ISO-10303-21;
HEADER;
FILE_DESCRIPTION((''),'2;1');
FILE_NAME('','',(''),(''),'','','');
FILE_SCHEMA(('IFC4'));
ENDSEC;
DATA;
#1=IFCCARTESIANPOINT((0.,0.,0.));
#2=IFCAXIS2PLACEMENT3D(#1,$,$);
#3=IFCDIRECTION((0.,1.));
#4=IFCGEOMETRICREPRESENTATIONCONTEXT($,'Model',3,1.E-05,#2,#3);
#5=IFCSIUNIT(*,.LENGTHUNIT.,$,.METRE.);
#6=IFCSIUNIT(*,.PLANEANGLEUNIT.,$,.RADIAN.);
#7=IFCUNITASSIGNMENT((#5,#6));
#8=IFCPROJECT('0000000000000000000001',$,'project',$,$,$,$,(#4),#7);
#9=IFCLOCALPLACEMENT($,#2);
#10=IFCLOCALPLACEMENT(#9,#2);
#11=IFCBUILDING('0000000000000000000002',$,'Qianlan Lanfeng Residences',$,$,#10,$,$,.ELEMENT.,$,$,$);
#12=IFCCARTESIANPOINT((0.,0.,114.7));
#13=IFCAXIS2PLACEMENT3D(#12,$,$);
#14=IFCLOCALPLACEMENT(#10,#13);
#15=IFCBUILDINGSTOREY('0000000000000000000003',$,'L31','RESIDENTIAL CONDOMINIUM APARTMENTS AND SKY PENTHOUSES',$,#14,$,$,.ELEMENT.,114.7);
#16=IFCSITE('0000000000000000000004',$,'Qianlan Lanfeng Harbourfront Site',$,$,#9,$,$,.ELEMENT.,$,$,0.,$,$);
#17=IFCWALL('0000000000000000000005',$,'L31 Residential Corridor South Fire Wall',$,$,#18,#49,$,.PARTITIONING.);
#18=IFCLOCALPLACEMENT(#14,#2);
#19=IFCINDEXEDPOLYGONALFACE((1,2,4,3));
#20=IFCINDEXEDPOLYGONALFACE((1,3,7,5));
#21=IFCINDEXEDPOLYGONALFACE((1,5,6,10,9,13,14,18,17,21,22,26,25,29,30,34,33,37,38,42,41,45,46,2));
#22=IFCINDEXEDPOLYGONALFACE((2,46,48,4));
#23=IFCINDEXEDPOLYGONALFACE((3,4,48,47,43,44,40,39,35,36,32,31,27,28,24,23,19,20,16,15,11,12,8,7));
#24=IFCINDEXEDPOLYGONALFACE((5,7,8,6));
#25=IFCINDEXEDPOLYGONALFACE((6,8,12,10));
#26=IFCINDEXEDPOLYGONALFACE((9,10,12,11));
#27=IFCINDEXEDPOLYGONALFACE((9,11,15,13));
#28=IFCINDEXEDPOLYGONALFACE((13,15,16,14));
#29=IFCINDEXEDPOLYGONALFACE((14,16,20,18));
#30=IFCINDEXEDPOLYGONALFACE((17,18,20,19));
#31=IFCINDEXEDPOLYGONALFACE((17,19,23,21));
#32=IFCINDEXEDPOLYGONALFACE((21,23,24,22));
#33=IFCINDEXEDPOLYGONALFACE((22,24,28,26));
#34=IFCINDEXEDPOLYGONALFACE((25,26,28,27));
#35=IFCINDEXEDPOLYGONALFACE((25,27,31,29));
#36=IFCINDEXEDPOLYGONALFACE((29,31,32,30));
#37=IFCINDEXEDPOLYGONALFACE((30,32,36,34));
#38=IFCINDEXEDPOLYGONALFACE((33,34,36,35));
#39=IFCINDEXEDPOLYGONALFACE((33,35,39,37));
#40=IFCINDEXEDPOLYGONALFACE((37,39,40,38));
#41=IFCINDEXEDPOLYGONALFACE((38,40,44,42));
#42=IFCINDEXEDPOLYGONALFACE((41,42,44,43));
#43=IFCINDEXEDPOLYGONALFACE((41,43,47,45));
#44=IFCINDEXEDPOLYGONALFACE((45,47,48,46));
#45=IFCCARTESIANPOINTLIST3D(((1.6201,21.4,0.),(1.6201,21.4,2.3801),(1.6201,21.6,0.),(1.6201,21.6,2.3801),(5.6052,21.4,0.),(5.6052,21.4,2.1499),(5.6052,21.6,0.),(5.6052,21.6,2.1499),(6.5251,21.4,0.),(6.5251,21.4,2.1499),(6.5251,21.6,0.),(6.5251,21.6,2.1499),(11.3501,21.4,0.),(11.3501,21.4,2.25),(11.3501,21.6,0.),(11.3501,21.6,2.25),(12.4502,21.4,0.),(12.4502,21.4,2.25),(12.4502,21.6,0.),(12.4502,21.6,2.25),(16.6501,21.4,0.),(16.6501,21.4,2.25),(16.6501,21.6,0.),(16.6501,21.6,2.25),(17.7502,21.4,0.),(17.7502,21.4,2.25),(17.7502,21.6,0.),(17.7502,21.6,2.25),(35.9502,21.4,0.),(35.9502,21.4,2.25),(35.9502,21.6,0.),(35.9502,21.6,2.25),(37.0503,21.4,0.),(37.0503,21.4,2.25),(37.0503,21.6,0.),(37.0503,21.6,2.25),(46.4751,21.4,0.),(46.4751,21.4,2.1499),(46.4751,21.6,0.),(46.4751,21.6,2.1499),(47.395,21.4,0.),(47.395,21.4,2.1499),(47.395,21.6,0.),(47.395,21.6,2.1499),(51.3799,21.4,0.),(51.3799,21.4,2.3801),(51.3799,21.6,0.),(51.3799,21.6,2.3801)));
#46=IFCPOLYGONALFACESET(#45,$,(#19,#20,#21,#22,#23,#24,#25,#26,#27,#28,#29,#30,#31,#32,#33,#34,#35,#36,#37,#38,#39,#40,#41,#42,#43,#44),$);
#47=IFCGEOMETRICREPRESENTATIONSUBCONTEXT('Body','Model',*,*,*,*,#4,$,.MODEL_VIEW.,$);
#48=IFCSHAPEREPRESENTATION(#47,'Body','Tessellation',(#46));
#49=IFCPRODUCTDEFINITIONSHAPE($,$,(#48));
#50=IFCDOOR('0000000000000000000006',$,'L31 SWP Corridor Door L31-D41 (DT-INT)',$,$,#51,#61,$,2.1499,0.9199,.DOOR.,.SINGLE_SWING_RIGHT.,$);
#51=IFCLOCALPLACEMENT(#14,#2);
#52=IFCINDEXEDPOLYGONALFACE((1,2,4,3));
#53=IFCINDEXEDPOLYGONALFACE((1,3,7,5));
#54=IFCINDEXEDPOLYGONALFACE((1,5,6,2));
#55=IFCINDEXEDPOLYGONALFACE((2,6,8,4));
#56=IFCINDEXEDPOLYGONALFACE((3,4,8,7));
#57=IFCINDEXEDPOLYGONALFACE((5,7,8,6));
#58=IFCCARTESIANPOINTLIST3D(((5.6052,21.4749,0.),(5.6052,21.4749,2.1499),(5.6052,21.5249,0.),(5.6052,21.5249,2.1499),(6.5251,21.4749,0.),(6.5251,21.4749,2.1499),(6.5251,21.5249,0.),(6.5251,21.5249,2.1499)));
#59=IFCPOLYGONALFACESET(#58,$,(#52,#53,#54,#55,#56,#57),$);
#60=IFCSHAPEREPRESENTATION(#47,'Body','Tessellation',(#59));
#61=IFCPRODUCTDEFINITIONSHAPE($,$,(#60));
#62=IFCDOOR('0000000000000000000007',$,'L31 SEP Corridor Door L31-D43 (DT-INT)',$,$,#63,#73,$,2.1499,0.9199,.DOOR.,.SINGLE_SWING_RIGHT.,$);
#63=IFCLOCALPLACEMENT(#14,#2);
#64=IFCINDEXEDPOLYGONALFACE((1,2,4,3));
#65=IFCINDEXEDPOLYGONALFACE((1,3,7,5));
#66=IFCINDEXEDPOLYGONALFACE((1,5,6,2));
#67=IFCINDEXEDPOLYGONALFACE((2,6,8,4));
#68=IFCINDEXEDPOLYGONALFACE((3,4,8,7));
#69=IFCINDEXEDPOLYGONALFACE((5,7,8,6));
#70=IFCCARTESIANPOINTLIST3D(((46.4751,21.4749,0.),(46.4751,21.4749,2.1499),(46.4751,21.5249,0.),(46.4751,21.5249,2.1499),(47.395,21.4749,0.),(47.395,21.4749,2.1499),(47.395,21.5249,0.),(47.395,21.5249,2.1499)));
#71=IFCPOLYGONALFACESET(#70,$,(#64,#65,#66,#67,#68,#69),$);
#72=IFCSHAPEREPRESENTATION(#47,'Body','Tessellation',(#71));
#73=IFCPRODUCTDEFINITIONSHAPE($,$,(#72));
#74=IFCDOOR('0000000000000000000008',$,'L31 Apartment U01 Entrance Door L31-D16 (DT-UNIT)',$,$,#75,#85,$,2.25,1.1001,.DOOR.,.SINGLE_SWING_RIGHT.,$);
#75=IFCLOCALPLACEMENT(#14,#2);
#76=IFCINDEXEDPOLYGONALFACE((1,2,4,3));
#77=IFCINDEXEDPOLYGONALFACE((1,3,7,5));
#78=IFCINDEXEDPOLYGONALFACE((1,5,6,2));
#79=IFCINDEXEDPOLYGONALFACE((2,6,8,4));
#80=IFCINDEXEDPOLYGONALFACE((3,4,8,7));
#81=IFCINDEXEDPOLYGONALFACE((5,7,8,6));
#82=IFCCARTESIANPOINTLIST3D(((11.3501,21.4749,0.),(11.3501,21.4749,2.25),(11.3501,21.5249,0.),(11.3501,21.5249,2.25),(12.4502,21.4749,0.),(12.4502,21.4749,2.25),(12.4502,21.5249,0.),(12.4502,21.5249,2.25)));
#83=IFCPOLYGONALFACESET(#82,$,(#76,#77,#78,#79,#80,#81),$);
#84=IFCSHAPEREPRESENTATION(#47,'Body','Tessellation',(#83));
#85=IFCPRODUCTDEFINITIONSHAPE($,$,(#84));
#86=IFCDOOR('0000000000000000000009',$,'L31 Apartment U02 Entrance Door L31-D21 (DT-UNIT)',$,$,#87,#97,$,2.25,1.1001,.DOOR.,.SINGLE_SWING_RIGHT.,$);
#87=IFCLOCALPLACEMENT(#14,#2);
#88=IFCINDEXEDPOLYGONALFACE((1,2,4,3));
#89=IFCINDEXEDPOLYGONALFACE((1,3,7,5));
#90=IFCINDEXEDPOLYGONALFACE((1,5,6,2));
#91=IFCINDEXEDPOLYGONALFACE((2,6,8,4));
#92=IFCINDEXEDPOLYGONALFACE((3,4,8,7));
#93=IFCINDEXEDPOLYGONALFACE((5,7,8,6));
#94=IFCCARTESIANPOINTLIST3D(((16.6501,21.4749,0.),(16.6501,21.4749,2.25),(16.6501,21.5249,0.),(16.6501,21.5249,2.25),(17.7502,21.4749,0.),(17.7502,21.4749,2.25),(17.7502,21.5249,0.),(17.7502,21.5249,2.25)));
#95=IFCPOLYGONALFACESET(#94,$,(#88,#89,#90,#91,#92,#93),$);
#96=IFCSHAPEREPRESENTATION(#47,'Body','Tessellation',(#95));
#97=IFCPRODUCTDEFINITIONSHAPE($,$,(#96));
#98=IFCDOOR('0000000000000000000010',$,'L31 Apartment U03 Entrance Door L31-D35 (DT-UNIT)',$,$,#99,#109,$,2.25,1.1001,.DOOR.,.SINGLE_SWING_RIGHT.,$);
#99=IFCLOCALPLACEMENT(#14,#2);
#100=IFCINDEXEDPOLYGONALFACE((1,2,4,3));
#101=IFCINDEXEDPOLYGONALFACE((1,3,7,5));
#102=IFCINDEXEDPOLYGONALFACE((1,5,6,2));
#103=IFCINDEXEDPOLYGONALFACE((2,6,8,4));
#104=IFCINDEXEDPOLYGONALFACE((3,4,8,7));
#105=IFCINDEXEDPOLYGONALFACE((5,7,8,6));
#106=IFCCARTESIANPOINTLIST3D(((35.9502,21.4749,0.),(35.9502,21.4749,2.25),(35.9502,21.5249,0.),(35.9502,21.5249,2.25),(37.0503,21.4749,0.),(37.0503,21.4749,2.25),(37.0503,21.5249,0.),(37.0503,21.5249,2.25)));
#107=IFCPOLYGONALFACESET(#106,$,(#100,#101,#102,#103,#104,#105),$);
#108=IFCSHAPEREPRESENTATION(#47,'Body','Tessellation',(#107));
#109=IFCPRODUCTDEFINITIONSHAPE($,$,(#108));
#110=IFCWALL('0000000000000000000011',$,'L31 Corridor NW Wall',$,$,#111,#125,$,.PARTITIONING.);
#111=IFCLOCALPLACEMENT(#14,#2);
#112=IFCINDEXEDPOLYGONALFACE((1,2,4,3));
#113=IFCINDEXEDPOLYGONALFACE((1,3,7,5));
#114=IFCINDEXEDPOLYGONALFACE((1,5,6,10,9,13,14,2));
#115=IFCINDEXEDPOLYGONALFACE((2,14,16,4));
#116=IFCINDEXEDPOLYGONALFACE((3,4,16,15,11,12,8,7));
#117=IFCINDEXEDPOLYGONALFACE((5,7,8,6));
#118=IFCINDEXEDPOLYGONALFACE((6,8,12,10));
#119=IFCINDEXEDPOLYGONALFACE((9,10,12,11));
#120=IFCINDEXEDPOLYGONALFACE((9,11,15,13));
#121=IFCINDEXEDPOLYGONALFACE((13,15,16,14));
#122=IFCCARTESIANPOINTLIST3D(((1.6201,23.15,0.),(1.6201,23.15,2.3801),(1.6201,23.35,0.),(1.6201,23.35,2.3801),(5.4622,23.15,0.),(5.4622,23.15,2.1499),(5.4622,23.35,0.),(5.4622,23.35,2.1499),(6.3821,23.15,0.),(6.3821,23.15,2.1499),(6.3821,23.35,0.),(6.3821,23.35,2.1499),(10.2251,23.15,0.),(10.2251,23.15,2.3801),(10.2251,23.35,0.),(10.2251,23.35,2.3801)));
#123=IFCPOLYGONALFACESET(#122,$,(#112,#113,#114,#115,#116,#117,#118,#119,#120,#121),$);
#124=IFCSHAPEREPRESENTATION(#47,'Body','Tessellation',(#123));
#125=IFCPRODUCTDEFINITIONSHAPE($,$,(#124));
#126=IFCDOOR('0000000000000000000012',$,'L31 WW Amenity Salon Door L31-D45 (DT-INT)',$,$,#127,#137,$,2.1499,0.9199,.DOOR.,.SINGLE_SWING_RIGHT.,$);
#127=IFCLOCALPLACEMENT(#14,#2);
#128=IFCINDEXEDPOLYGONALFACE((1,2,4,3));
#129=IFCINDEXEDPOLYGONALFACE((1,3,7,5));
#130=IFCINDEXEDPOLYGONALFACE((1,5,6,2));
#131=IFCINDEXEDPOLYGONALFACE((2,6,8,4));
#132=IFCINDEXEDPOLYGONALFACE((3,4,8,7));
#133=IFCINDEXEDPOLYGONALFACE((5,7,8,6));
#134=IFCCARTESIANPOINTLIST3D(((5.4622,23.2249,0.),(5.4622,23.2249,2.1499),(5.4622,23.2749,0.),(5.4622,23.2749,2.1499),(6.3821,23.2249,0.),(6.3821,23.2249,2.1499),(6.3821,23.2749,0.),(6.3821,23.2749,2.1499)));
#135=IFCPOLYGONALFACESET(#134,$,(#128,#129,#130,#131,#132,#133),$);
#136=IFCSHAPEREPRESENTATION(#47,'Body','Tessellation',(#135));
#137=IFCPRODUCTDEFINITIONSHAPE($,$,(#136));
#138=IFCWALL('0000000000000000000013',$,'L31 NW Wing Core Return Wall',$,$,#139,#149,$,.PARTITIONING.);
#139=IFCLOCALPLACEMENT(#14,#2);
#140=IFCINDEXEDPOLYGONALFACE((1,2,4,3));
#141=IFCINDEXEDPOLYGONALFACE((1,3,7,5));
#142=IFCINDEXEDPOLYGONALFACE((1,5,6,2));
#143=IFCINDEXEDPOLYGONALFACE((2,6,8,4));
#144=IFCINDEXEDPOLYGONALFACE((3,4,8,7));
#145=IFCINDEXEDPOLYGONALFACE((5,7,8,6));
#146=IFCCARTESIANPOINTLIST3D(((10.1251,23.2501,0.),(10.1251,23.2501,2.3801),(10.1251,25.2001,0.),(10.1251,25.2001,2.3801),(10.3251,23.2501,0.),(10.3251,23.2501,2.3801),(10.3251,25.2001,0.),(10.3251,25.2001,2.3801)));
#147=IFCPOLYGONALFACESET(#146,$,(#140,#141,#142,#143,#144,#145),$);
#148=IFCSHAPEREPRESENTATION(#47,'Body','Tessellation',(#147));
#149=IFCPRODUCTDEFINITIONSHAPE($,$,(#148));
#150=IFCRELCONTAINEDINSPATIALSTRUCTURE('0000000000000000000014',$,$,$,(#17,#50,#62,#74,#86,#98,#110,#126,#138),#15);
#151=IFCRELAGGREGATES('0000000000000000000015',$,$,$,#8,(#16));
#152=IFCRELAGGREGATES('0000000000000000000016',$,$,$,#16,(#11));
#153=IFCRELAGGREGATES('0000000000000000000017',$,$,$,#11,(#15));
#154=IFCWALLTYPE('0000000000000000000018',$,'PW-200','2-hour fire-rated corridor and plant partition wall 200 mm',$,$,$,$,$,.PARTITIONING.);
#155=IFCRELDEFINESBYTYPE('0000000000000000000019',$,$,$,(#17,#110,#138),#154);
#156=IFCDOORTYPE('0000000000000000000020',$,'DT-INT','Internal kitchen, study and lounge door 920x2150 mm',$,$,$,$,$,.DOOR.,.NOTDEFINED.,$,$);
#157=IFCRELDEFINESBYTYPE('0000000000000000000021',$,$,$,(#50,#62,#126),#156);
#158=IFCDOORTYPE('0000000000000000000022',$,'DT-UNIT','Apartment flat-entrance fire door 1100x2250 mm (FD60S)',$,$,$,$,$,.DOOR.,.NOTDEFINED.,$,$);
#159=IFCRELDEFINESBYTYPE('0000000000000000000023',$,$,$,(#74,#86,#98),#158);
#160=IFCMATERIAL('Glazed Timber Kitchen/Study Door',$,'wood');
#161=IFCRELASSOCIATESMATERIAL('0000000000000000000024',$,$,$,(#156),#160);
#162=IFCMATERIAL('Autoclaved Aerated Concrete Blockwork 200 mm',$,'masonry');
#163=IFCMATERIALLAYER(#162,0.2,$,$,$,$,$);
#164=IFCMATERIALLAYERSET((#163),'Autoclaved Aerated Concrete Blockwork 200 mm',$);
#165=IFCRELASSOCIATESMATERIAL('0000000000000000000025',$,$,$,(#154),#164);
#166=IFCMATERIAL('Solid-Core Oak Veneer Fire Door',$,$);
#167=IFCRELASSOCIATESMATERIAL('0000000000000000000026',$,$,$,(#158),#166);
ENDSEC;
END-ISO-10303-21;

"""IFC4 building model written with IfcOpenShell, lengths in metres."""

from ifc_helpers import new_model, si_unit, direction, frame, frame_2d, origin, place, context, subcontext, project, spatial, rectangle, extrude, material, layer, layer_set, type_object, element, fill, save


model = new_model("IFC4")

# Units and contexts
model_context = context("Model", 3, precision=1e-05, world=origin(), true_north=direction((0.0, 1.0)))
body_context = subcontext(model_context, "Body", "Model", "MODEL_VIEW")
ifc_project = project(units=[si_unit("LENGTHUNIT", "METRE"), si_unit("PLANEANGLEUNIT", "RADIAN")], contexts=[model_context])

# Site, building, storey
site_placement = place(None, origin())
site = spatial("IfcSite", under=ifc_project, at=site_placement, Name="Qianlan Lanfeng Harbourfront Site", CompositionType="ELEMENT", RefElevation=0.0)
building_placement = place(site_placement, origin())
building = spatial("IfcBuilding", under=site, at=building_placement, Name="Qianlan Lanfeng Residences", CompositionType="ELEMENT")
storey_placement = place(building_placement, frame((0.0, 0.0, 114.7)))
storey = spatial("IfcBuildingStorey", under=building, at=storey_placement, Name="L31", Description="RESIDENTIAL CONDOMINIUM APARTMENTS AND SKY PENTHOUSES", CompositionType="ELEMENT", Elevation=114.7)

# Shared definitions
ifc_material_1 = material(Name="Glazed Timber Kitchen/Study Door", Category="wood")
door_type_1 = type_object("IfcDoorType", Name="DT-INT", Description="Internal kitchen, study and lounge door 920x2150 mm", OperationType="NOTDEFINED", PredefinedType="DOOR", material=ifc_material_1)

# Wall, openings, doors
ifc_material_2 = material(Name="Autoclaved Aerated Concrete Blockwork 200 mm", Category="masonry")
ifc_layer_1 = layer(ifc_material_2, 0.2)
ifc_layer_set_1 = layer_set([ifc_layer_1], Name="Autoclaved Aerated Concrete Blockwork 200 mm")
wall_type_1 = type_object("IfcWallType", Name="PW-200", Description="2-hour fire-rated corridor and plant partition wall 200 mm", PredefinedType="PARTITIONING", material=ifc_layer_set_1)
wall_1_placement = place(storey_placement, frame((1.6201, 21.5, 0.0), z_axis=(0.0, 0.0, 1.0), x_axis=(1.0, 0.0, 0.0)))
wall_1 = element("IfcWall", 1, at=wall_1_placement, inside=storey, type_object=wall_type_1, Name="L31 Residential Corridor South Fire Wall", PredefinedType="PARTITIONING", context=body_context, shape_type="SweptSolid", body=[
    extrude(rectangle(XDim=49.7598, YDim=0.2, at=frame_2d((24.8799, 0.0))), origin(), (0.0, 0.0, 1.0), 2.3801),
])
opening_1_placement = place(wall_1_placement, frame((9.73, 0.0, 0.0)))
opening_1 = element("IfcOpeningElement", 2, at=opening_1_placement, cuts=wall_1, PredefinedType="OPENING", context=body_context, shape_type="SweptSolid", body=[
    extrude(rectangle(XDim=1.1001, YDim=2.25, at=frame_2d((0.55, 1.125))), frame((0.0, 0.1099, 0.0), z_axis=(0.0, -1.0, 0.0), x_axis=(1.0, 0.0, 0.0)), (0.0, 0.0, 1.0), 0.22),
])
opening_2_placement = place(wall_1_placement, frame((15.03, 0.0, 0.0)))
opening_2 = element("IfcOpeningElement", 3, at=opening_2_placement, cuts=wall_1, PredefinedType="OPENING", context=body_context, shape_type="SweptSolid", body=[
    extrude(rectangle(XDim=1.1001, YDim=2.25, at=frame_2d((0.55, 1.125))), frame((0.0, 0.1099, 0.0), z_axis=(0.0, -1.0, 0.0), x_axis=(1.0, 0.0, 0.0)), (0.0, 0.0, 1.0), 0.22),
])
opening_3_placement = place(wall_1_placement, frame((34.3301, 0.0, 0.0)))
opening_3 = element("IfcOpeningElement", 4, at=opening_3_placement, cuts=wall_1, PredefinedType="OPENING", context=body_context, shape_type="SweptSolid", body=[
    extrude(rectangle(XDim=1.1001, YDim=2.25, at=frame_2d((0.55, 1.125))), frame((0.0, 0.1099, 0.0), z_axis=(0.0, -1.0, 0.0), x_axis=(1.0, 0.0, 0.0)), (0.0, 0.0, 1.0), 0.22),
])
opening_4_placement = place(wall_1_placement, frame((3.9851, 0.0, 0.0)))
opening_4 = element("IfcOpeningElement", 5, at=opening_4_placement, cuts=wall_1, PredefinedType="OPENING", context=body_context, shape_type="SweptSolid", body=[
    extrude(rectangle(XDim=0.9199, YDim=2.1499, at=frame_2d((0.46, 1.075))), frame((0.0, 0.1099, 0.0), z_axis=(0.0, -1.0, 0.0), x_axis=(1.0, 0.0, 0.0)), (0.0, 0.0, 1.0), 0.22),
])
opening_5_placement = place(wall_1_placement, frame((44.855, 0.0, 0.0)))
opening_5 = element("IfcOpeningElement", 6, at=opening_5_placement, cuts=wall_1, PredefinedType="OPENING", context=body_context, shape_type="SweptSolid", body=[
    extrude(rectangle(XDim=0.9199, YDim=2.1499, at=frame_2d((0.46, 1.075))), frame((0.0, 0.1099, 0.0), z_axis=(0.0, -1.0, 0.0), x_axis=(1.0, 0.0, 0.0)), (0.0, 0.0, 1.0), 0.22),
])
door_1_placement = place(opening_4_placement, origin())
door_1 = element("IfcDoor", 7, at=door_1_placement, inside=storey, type_object=door_type_1, Name="L31 SWP Corridor Door L31-D41 (DT-INT)", OperationType="SINGLE_SWING_RIGHT", OverallHeight=2.1499, OverallWidth=0.9199, PredefinedType="DOOR", context=body_context, shape_type="SweptSolid", body=[
    extrude(rectangle(XDim=0.9199, YDim=2.1499, at=frame_2d((0.46, 1.075))), frame((0.0, 0.0249, 0.0), z_axis=(0.0, -1.0, 0.0), x_axis=(1.0, 0.0, 0.0)), (0.0, 0.0, 1.0), 0.05),
])
fill(opening_4, door_1)
door_2_placement = place(opening_5_placement, origin())
door_2 = element("IfcDoor", 8, at=door_2_placement, inside=storey, type_object=door_type_1, Name="L31 SEP Corridor Door L31-D43 (DT-INT)", OperationType="SINGLE_SWING_RIGHT", OverallHeight=2.1499, OverallWidth=0.9199, PredefinedType="DOOR", context=body_context, shape_type="SweptSolid", body=[
    extrude(rectangle(XDim=0.9199, YDim=2.1499, at=frame_2d((0.46, 1.075))), frame((0.0, 0.0249, 0.0), z_axis=(0.0, -1.0, 0.0), x_axis=(1.0, 0.0, 0.0)), (0.0, 0.0, 1.0), 0.05),
])
fill(opening_5, door_2)
ifc_material_3 = material(Name="Solid-Core Oak Veneer Fire Door")
door_type_2 = type_object("IfcDoorType", Name="DT-UNIT", Description="Apartment flat-entrance fire door 1100x2250 mm (FD60S)", OperationType="NOTDEFINED", PredefinedType="DOOR", material=ifc_material_3)
door_3_placement = place(opening_1_placement, origin())
door_3 = element("IfcDoor", 9, at=door_3_placement, inside=storey, type_object=door_type_2, Name="L31 Apartment U01 Entrance Door L31-D16 (DT-UNIT)", OperationType="SINGLE_SWING_RIGHT", OverallHeight=2.25, OverallWidth=1.1001, PredefinedType="DOOR", context=body_context, shape_type="SweptSolid", body=[
    extrude(rectangle(XDim=1.1001, YDim=2.25, at=frame_2d((0.55, 1.125))), frame((0.0, 0.0249, 0.0), z_axis=(0.0, -1.0, 0.0), x_axis=(1.0, 0.0, 0.0)), (0.0, 0.0, 1.0), 0.05),
])
fill(opening_1, door_3)
door_4_placement = place(opening_2_placement, origin())
door_4 = element("IfcDoor", 10, at=door_4_placement, inside=storey, type_object=door_type_2, Name="L31 Apartment U02 Entrance Door L31-D21 (DT-UNIT)", OperationType="SINGLE_SWING_RIGHT", OverallHeight=2.25, OverallWidth=1.1001, PredefinedType="DOOR", context=body_context, shape_type="SweptSolid", body=[
    extrude(rectangle(XDim=1.1001, YDim=2.25, at=frame_2d((0.55, 1.125))), frame((0.0, 0.0249, 0.0), z_axis=(0.0, -1.0, 0.0), x_axis=(1.0, 0.0, 0.0)), (0.0, 0.0, 1.0), 0.05),
])
fill(opening_2, door_4)
door_5_placement = place(opening_3_placement, origin())
door_5 = element("IfcDoor", 11, at=door_5_placement, inside=storey, type_object=door_type_2, Name="L31 Apartment U03 Entrance Door L31-D35 (DT-UNIT)", OperationType="SINGLE_SWING_RIGHT", OverallHeight=2.25, OverallWidth=1.1001, PredefinedType="DOOR", context=body_context, shape_type="SweptSolid", body=[
    extrude(rectangle(XDim=1.1001, YDim=2.25, at=frame_2d((0.55, 1.125))), frame((0.0, 0.0249, 0.0), z_axis=(0.0, -1.0, 0.0), x_axis=(1.0, 0.0, 0.0)), (0.0, 0.0, 1.0), 0.05),
])
fill(opening_3, door_5)

# Wall, opening, door
wall_2_placement = place(storey_placement, frame((1.6201, 23.25, 0.0), z_axis=(0.0, 0.0, 1.0), x_axis=(1.0, 0.0, 0.0)))
wall_2 = element("IfcWall", 12, at=wall_2_placement, inside=storey, type_object=wall_type_1, Name="L31 Corridor NW Wall", PredefinedType="PARTITIONING", context=body_context, shape_type="SweptSolid", body=[
    extrude(rectangle(XDim=8.605, YDim=0.2, at=frame_2d((4.3025, 0.0))), origin(), (0.0, 0.0, 1.0), 2.3801),
])
opening_6_placement = place(wall_2_placement, frame((3.842, 0.0, 0.0)))
opening_6 = element("IfcOpeningElement", 13, at=opening_6_placement, cuts=wall_2, PredefinedType="OPENING", context=body_context, shape_type="SweptSolid", body=[
    extrude(rectangle(XDim=0.9199, YDim=2.1499, at=frame_2d((0.46, 1.075))), frame((0.0, 0.1099, 0.0), z_axis=(0.0, -1.0, 0.0), x_axis=(1.0, 0.0, 0.0)), (0.0, 0.0, 1.0), 0.22),
])
door_6_placement = place(opening_6_placement, origin())
door_6 = element("IfcDoor", 14, at=door_6_placement, inside=storey, type_object=door_type_1, Name="L31 WW Amenity Salon Door L31-D45 (DT-INT)", OperationType="SINGLE_SWING_RIGHT", OverallHeight=2.1499, OverallWidth=0.9199, PredefinedType="DOOR", context=body_context, shape_type="SweptSolid", body=[
    extrude(rectangle(XDim=0.9199, YDim=2.1499, at=frame_2d((0.46, 1.075))), frame((0.0, 0.0249, 0.0), z_axis=(0.0, -1.0, 0.0), x_axis=(1.0, 0.0, 0.0)), (0.0, 0.0, 1.0), 0.05),
])
fill(opening_6, door_6)

# Wall
wall_3_placement = place(storey_placement, frame((10.2251, 23.25, 0.0), z_axis=(0.0, 0.0, 1.0), x_axis=(0.0, 1.0, 0.0)))
element("IfcWall", 15, at=wall_3_placement, inside=storey, type_object=wall_type_1, Name="L31 NW Wing Core Return Wall", PredefinedType="PARTITIONING", context=body_context, shape_type="SweptSolid", body=[
    extrude(rectangle(XDim=1.95, YDim=0.2, at=frame_2d((0.9751, 0.0))), origin(), (0.0, 0.0, 1.0), 2.3801),
])

save(model, "model.ifc")
